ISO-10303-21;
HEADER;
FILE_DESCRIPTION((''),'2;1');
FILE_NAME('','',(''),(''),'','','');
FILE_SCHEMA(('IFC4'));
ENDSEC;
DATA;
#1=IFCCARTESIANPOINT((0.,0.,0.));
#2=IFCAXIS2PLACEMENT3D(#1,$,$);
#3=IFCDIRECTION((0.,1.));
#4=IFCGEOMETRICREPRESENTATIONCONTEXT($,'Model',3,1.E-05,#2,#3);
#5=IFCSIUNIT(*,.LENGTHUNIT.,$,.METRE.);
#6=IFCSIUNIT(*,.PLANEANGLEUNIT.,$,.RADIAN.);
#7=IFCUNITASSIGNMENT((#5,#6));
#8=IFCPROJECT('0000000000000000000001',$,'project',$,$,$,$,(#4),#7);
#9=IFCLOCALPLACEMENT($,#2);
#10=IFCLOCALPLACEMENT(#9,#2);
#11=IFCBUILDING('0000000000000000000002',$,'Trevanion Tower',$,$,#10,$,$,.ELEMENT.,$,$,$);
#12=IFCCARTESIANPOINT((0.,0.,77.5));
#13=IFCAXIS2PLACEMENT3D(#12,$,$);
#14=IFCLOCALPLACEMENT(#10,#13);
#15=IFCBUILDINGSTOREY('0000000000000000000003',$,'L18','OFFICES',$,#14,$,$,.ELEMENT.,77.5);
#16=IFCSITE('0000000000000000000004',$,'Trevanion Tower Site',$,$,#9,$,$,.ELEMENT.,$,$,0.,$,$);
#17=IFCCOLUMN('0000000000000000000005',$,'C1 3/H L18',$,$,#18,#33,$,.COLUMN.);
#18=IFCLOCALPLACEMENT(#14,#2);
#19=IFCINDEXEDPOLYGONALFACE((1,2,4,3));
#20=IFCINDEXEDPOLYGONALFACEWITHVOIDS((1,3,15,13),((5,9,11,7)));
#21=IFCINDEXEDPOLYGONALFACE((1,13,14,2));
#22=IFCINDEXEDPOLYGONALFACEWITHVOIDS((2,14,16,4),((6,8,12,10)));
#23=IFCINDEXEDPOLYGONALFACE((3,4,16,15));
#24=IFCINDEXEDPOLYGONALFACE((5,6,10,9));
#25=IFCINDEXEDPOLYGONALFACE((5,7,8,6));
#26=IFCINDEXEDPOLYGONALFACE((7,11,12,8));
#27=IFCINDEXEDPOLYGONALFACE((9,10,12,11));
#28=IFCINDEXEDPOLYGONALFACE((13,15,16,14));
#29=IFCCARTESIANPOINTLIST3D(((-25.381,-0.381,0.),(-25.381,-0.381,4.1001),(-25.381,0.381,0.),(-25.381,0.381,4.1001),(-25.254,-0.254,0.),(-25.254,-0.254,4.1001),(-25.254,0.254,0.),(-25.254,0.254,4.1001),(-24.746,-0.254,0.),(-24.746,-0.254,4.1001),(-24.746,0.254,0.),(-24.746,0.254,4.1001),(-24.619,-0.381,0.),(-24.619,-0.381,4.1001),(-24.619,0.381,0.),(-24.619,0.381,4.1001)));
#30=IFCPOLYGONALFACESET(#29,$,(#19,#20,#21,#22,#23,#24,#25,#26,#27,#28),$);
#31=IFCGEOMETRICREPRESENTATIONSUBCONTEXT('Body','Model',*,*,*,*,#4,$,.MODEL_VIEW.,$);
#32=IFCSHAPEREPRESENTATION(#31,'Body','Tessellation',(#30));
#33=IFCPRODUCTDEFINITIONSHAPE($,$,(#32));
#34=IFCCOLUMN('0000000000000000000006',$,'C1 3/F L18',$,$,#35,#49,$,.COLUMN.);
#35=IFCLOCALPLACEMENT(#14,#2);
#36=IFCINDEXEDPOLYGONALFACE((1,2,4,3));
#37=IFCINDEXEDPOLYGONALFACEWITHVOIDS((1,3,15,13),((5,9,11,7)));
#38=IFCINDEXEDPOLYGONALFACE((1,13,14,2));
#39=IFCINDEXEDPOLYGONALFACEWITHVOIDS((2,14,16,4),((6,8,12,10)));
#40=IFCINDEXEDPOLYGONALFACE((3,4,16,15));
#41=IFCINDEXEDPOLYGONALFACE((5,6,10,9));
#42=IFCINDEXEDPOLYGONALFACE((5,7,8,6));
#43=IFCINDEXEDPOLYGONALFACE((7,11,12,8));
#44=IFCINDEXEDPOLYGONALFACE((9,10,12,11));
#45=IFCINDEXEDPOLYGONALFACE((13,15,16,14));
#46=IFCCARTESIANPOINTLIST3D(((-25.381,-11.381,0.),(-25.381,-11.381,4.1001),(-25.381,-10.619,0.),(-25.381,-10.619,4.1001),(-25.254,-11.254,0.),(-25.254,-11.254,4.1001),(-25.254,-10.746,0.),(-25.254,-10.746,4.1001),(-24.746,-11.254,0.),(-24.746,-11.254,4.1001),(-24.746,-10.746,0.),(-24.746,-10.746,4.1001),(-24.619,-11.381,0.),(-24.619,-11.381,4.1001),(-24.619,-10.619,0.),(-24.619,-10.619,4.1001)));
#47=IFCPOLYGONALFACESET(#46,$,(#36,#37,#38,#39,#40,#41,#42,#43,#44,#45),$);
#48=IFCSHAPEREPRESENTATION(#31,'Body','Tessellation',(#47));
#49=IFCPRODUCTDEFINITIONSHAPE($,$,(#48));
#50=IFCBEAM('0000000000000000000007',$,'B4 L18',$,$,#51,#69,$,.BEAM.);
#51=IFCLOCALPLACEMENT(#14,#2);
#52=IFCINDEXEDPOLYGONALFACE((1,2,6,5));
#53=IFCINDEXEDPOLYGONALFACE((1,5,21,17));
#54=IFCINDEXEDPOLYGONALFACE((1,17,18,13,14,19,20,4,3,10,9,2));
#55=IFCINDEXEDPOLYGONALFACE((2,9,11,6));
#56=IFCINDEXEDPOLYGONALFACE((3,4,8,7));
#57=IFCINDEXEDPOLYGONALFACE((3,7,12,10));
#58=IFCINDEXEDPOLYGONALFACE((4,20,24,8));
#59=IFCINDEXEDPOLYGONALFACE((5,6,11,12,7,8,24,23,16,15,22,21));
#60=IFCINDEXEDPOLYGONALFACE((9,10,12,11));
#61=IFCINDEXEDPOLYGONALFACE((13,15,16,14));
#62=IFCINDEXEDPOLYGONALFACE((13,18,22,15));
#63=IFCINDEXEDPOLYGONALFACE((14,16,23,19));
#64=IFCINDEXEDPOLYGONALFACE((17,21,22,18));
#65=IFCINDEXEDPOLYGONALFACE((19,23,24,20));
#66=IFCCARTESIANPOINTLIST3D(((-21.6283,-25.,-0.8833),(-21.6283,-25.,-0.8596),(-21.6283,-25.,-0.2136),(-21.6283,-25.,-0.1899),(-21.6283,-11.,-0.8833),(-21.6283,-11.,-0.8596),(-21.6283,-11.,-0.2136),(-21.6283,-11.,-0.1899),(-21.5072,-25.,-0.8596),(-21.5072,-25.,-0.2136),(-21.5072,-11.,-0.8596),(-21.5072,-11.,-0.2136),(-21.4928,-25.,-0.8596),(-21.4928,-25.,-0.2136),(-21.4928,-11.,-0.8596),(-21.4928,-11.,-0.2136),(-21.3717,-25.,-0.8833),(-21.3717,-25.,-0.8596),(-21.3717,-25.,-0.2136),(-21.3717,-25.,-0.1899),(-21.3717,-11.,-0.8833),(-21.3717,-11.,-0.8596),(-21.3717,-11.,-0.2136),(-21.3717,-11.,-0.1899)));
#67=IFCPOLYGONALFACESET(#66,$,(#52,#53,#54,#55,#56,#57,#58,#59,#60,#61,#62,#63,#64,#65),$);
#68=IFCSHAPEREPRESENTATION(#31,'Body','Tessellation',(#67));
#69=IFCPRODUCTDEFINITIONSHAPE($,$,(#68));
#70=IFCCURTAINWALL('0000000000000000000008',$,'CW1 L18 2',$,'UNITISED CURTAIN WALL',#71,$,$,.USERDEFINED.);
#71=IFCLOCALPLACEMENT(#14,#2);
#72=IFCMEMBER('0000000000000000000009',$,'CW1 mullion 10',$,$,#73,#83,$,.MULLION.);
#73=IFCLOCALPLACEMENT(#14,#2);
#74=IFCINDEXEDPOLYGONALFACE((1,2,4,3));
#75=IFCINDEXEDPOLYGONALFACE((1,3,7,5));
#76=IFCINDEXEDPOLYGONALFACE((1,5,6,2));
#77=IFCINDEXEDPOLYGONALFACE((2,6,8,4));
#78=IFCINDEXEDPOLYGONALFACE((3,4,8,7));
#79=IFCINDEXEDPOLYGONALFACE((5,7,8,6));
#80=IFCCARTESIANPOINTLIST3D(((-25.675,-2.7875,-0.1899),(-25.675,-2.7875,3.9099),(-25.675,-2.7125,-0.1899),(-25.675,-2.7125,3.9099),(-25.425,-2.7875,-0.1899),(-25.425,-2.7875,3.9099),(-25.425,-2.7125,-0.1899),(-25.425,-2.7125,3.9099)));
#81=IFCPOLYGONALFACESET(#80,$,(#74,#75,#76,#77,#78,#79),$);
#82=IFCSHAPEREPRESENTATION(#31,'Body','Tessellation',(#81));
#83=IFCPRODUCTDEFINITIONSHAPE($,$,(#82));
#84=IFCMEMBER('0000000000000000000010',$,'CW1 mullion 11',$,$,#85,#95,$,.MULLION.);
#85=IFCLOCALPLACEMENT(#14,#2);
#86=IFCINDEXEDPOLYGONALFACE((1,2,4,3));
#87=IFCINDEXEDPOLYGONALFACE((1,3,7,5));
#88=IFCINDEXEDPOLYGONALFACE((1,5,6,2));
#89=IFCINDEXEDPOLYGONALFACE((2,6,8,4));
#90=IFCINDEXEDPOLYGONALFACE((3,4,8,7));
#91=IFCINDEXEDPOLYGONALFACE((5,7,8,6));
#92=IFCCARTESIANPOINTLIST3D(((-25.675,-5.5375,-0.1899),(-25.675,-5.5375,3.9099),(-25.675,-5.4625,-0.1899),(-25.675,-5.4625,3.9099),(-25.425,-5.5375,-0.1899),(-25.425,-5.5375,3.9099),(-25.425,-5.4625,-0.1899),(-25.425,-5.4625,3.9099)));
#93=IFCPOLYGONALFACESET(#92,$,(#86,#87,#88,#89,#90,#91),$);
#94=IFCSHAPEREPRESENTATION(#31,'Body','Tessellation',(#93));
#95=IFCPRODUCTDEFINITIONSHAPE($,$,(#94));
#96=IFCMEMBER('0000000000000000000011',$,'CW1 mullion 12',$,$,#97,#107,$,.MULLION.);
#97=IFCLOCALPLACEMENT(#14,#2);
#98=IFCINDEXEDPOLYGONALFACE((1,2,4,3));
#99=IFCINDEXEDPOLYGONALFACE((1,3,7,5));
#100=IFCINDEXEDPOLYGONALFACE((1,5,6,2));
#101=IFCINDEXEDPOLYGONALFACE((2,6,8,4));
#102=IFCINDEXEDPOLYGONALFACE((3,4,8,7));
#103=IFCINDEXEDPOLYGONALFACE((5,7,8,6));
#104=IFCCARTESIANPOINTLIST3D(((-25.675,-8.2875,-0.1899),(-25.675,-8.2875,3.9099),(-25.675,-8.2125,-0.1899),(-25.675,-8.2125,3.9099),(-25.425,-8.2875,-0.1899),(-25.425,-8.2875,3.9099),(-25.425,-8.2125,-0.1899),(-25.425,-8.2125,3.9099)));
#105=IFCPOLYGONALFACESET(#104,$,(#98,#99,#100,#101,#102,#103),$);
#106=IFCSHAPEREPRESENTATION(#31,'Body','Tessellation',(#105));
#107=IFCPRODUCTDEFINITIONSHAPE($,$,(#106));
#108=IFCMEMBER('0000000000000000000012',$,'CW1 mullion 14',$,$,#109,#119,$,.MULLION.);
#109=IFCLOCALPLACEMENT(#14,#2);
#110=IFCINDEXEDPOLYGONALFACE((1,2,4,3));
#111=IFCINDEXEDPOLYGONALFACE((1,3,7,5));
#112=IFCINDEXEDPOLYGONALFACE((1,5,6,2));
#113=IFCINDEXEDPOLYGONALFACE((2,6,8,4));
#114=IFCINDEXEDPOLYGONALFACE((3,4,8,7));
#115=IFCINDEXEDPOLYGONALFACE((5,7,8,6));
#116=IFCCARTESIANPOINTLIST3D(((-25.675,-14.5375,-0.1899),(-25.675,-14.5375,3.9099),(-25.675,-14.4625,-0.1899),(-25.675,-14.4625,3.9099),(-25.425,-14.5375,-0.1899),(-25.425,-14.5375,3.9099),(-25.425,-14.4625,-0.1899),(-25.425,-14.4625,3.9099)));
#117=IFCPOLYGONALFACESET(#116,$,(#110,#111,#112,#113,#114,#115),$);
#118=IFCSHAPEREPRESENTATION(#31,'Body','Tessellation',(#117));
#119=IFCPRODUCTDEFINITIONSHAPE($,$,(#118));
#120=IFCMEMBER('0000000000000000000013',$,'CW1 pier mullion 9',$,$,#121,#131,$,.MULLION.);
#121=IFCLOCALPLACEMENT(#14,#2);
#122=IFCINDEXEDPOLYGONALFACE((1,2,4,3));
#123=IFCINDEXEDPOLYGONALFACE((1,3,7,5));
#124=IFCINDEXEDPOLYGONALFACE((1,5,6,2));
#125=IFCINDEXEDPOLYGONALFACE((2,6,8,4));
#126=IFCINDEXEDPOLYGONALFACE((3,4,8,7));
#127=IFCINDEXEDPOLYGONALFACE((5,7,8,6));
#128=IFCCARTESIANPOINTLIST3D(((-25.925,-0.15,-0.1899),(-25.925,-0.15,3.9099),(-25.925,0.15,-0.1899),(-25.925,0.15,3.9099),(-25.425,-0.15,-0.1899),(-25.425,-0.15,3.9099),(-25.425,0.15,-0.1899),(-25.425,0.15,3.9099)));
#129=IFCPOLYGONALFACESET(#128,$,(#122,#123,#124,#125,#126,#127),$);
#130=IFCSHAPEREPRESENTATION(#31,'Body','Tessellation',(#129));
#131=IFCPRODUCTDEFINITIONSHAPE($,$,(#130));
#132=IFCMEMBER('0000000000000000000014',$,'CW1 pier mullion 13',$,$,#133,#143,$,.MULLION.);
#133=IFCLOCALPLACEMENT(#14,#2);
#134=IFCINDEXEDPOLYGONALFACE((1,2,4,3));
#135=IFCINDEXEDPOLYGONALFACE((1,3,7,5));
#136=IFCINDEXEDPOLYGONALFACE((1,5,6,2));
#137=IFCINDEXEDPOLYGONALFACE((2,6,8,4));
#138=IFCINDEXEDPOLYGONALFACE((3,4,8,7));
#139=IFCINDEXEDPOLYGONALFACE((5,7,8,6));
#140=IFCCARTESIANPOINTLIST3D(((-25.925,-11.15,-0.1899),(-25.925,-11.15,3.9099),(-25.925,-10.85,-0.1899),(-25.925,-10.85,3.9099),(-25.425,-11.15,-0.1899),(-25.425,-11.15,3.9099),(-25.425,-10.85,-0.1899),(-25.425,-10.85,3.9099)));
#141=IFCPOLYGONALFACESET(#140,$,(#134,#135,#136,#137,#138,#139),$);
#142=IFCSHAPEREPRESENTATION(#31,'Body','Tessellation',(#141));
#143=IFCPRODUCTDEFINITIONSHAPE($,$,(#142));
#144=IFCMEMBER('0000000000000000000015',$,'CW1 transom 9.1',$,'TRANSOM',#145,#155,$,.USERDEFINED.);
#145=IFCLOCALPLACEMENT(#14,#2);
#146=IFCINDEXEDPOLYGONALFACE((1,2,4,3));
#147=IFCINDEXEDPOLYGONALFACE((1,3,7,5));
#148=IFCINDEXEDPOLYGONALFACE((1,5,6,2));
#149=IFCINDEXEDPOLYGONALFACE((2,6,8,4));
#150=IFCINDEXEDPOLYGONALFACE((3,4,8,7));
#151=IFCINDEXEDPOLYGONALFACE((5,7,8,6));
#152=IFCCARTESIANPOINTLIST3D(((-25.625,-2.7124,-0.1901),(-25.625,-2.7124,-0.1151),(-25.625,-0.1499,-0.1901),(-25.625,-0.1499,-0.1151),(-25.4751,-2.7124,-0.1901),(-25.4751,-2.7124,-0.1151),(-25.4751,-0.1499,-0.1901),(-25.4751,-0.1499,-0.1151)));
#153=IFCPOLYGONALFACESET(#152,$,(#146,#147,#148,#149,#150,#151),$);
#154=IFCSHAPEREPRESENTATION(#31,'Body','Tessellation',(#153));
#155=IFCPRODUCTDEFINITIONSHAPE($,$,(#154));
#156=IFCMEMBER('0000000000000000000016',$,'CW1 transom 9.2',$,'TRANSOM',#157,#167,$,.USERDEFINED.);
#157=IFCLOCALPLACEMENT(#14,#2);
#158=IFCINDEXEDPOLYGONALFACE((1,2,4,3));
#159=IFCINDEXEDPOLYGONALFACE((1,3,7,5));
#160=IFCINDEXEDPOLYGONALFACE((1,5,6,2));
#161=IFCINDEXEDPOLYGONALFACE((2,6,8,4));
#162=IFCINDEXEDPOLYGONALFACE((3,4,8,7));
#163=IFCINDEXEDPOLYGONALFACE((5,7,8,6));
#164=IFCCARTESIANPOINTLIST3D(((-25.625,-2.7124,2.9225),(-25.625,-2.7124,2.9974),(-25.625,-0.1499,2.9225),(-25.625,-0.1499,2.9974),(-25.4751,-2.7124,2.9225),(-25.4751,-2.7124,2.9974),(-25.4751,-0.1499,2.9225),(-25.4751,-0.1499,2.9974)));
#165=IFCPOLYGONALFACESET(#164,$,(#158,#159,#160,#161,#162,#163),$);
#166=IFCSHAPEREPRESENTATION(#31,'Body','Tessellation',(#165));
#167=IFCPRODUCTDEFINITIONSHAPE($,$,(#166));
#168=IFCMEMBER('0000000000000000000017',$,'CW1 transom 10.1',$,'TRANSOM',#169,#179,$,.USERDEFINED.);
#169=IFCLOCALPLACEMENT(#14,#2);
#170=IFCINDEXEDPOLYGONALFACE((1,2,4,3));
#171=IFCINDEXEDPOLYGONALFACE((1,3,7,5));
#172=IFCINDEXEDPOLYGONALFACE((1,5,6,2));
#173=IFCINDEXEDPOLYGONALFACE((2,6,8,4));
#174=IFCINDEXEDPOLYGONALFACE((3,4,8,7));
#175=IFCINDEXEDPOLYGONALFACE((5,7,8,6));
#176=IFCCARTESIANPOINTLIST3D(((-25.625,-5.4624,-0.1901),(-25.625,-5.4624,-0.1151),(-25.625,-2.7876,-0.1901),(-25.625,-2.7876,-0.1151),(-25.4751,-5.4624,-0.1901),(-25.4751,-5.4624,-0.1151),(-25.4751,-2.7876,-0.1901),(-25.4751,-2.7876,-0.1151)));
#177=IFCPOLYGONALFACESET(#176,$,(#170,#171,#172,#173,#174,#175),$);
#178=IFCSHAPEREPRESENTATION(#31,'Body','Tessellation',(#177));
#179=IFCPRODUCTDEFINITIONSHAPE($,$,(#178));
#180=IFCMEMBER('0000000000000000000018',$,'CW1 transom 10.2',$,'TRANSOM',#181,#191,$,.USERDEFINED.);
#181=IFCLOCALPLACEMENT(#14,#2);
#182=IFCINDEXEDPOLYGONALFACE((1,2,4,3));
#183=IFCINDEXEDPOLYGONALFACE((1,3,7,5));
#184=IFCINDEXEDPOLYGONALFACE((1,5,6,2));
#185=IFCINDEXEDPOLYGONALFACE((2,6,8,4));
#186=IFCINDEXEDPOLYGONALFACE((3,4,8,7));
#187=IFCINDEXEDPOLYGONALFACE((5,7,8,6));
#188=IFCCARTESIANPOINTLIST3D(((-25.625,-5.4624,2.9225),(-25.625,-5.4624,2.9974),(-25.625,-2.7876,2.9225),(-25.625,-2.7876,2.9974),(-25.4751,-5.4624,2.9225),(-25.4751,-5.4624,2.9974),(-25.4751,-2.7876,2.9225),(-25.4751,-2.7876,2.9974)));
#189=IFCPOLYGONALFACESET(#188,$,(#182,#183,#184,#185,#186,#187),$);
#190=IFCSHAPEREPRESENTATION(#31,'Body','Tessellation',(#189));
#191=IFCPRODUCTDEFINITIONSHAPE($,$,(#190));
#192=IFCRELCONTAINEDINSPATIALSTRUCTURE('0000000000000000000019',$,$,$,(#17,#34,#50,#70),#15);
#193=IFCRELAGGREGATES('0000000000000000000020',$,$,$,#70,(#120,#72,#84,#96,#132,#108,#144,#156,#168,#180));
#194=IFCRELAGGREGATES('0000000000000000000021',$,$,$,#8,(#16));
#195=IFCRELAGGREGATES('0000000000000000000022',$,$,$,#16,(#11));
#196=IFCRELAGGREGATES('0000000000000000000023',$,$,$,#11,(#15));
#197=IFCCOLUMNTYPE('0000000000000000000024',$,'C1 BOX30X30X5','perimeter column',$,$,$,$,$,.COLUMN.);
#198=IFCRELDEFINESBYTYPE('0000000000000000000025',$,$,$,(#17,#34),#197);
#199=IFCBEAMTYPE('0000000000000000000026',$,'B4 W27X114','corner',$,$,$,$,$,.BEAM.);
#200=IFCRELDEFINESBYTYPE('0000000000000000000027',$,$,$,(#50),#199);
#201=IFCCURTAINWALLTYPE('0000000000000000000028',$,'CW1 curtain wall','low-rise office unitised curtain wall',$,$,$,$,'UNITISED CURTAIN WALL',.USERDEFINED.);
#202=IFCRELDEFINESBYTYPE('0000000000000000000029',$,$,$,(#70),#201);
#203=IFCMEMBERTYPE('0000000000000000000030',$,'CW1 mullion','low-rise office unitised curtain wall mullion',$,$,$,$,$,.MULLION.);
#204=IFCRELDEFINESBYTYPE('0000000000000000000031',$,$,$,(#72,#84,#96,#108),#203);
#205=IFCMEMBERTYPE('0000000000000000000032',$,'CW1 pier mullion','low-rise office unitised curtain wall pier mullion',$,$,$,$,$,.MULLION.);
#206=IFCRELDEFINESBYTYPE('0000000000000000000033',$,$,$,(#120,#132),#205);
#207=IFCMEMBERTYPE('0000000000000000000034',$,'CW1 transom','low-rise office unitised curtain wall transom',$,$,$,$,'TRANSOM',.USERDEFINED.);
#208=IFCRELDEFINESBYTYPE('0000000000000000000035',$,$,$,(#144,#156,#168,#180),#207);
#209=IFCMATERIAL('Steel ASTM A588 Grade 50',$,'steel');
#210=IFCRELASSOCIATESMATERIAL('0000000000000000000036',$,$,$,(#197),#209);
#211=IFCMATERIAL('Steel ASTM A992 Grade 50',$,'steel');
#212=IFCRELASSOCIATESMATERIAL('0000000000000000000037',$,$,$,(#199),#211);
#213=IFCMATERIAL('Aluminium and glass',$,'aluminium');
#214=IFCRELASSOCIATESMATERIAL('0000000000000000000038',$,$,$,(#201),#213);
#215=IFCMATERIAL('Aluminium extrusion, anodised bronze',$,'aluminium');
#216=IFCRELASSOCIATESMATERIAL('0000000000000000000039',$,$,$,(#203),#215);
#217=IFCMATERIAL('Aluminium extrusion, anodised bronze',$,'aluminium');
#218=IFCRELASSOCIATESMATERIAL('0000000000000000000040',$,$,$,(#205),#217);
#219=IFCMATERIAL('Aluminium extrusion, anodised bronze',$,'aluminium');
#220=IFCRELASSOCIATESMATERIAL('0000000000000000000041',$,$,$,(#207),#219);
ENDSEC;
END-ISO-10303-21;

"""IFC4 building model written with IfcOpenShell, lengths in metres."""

from ifc_helpers import new_model, si_unit, direction, frame, origin, origin_2d, place, context, subcontext, project, spatial, rectangle, hollow_rectangle, i_section, extrude, material, material_profile, profile_set, type_object, element, aggregate, save


model = new_model("IFC4")

# Units and contexts
model_context = context("Model", 3, precision=1e-05, world=origin(), true_north=direction((0.0, 1.0)))
body_context = subcontext(model_context, "Body", "Model", "MODEL_VIEW")
ifc_project = project(units=[si_unit("LENGTHUNIT", "METRE"), si_unit("PLANEANGLEUNIT", "RADIAN")], contexts=[model_context])

# Site, building, storey
site_placement = place(None, origin())
site = spatial("IfcSite", under=ifc_project, at=site_placement, Name="Trevanion Tower Site", CompositionType="ELEMENT", RefElevation=0.0)
building_placement = place(site_placement, origin())
building = spatial("IfcBuilding", under=site, at=building_placement, Name="Trevanion Tower", CompositionType="ELEMENT")
storey_placement = place(building_placement, frame((0.0, 0.0, 77.5)))
storey = spatial("IfcBuildingStorey", under=building, at=storey_placement, Name="L18", Description="OFFICES", CompositionType="ELEMENT", Elevation=77.5)

# Columns
ifc_material_1 = material(Name="Steel ASTM A588 Grade 50", Category="steel")
ifc_material_profile_1 = material_profile(ifc_material_1, hollow_rectangle(XDim=0.762, YDim=0.762, WallThickness=0.127, at=origin_2d()), Name="BOX30X30X5")
ifc_profile_set_1 = profile_set([ifc_material_profile_1], Name="Steel ASTM A588 Grade 50")
column_type = type_object("IfcColumnType", Name="C1 BOX30X30X5", Description="perimeter column", PredefinedType="COLUMN", material=ifc_profile_set_1)
for number, where, z_axis, x_axis, name in (
    (1, (-25.0, 0.0, 0.0), (0.0, 0.0, 1.0), (0.0, 1.0, 0.0), "C1 3/H L18"),
    (2, (-25.0, -11.0, 0.0), (0.0, 0.0, 1.0), (0.0, 1.0, 0.0), "C1 3/F L18"),
):
    element("IfcColumn", number, at=place(storey_placement, frame(where, z_axis=z_axis, x_axis=x_axis)), inside=storey, type_object=column_type, Name=name, PredefinedType="COLUMN", context=body_context, shape_type="SweptSolid", body=[
        extrude(hollow_rectangle(XDim=0.762, YDim=0.762, WallThickness=0.127, at=origin_2d()), origin(), (0.0, 0.0, 1.0), 4.1001),
    ])

# Beam
ifc_material_2 = material(Name="Steel ASTM A992 Grade 50", Category="steel")
ifc_material_profile_2 = material_profile(ifc_material_2, i_section(OverallWidth=0.2566, OverallDepth=0.6934, WebThickness=0.0144, FlangeThickness=0.0237, at=origin_2d()), Name="W27X114")
ifc_profile_set_2 = profile_set([ifc_material_profile_2], Name="Steel ASTM A992 Grade 50")
beam_type_1 = type_object("IfcBeamType", Name="B4 W27X114", Description="corner", PredefinedType="BEAM", material=ifc_profile_set_2)
beam_1_placement = place(storey_placement, frame((-21.5, -11.0, -0.5366), z_axis=(0.0, -1.0, 0.0), x_axis=(1.0, 0.0, 0.0)))
element("IfcBeam", 3, at=beam_1_placement, inside=storey, type_object=beam_type_1, Name="B4 L18", PredefinedType="BEAM", context=body_context, shape_type="SweptSolid", body=[
    extrude(i_section(OverallWidth=0.2566, OverallDepth=0.6934, WebThickness=0.0144, FlangeThickness=0.0237, at=origin_2d()), origin(), (0.0, 0.0, 1.0), 14.0),
])

# Curtain wall, members
ifc_material_3 = material(Name="Aluminium and glass", Category="aluminium")
curtain_wall_type = type_object("IfcCurtainWallType", Name="CW1 curtain wall", Description="low-rise office unitised curtain wall", ElementType="UNITISED CURTAIN WALL", PredefinedType="USERDEFINED", material=ifc_material_3)
curtain_wall_placement = place(storey_placement, origin())
curtain_wall = element("IfcCurtainWall", 4, at=curtain_wall_placement, inside=storey, type_object=curtain_wall_type, Name="CW1 L18 2", ObjectType="UNITISED CURTAIN WALL", PredefinedType="USERDEFINED")
ifc_material_4 = material(Name="Aluminium extrusion, anodised bronze", Category="aluminium")
ifc_material_profile_3 = material_profile(ifc_material_4, rectangle(XDim=0.075, YDim=0.25, at=origin_2d()), Name="CW1 mullion")
ifc_profile_set_3 = profile_set([ifc_material_profile_3], Name="Aluminium extrusion, anodised bronze")
member_type_1 = type_object("IfcMemberType", Name="CW1 mullion", Description="low-rise office unitised curtain wall mullion", PredefinedType="MULLION", material=ifc_profile_set_3)
member_1_placement = place(storey_placement, frame((-25.55, -2.75, -0.1899), z_axis=(0.0, 0.0, 1.0), x_axis=(0.0, -1.0, 0.0)))
member_1 = element("IfcMember", 5, at=member_1_placement, type_object=member_type_1, Name="CW1 mullion 10", PredefinedType="MULLION", context=body_context, shape_type="SweptSolid", body=[
    extrude(rectangle(XDim=0.075, YDim=0.25, at=origin_2d()), origin(), (0.0, 0.0, 1.0), 4.0999),
])
member_2_placement = place(storey_placement, frame((-25.55, -5.5, -0.1899), z_axis=(0.0, 0.0, 1.0), x_axis=(0.0, -1.0, 0.0)))
member_2 = element("IfcMember", 6, at=member_2_placement, type_object=member_type_1, Name="CW1 mullion 11", PredefinedType="MULLION", context=body_context, shape_type="SweptSolid", body=[
    extrude(rectangle(XDim=0.075, YDim=0.25, at=origin_2d()), origin(), (0.0, 0.0, 1.0), 4.0999),
])
member_3_placement = place(storey_placement, frame((-25.55, -8.25, -0.1899), z_axis=(0.0, 0.0, 1.0), x_axis=(0.0, -1.0, 0.0)))
member_3 = element("IfcMember", 7, at=member_3_placement, type_object=member_type_1, Name="CW1 mullion 12", PredefinedType="MULLION", context=body_context, shape_type="SweptSolid", body=[
    extrude(rectangle(XDim=0.075, YDim=0.25, at=origin_2d()), origin(), (0.0, 0.0, 1.0), 4.0999),
])
member_4_placement = place(storey_placement, frame((-25.55, -14.5, -0.1899), z_axis=(0.0, 0.0, 1.0), x_axis=(0.0, -1.0, 0.0)))
member_4 = element("IfcMember", 8, at=member_4_placement, type_object=member_type_1, Name="CW1 mullion 14", PredefinedType="MULLION", context=body_context, shape_type="SweptSolid", body=[
    extrude(rectangle(XDim=0.075, YDim=0.25, at=origin_2d()), origin(), (0.0, 0.0, 1.0), 4.0999),
])
ifc_material_5 = material(Name="Aluminium extrusion, anodised bronze", Category="aluminium")
ifc_material_profile_4 = material_profile(ifc_material_5, rectangle(XDim=0.3, YDim=0.5, at=origin_2d()), Name="CW1 pier mullion")
ifc_profile_set_4 = profile_set([ifc_material_profile_4], Name="Aluminium extrusion, anodised bronze")
member_type_2 = type_object("IfcMemberType", Name="CW1 pier mullion", Description="low-rise office unitised curtain wall pier mullion", PredefinedType="MULLION", material=ifc_profile_set_4)
member_5_placement = place(storey_placement, frame((-25.675, 0.0, -0.1899), z_axis=(0.0, 0.0, 1.0), x_axis=(0.0, -1.0, 0.0)))
member_5 = element("IfcMember", 9, at=member_5_placement, type_object=member_type_2, Name="CW1 pier mullion 9", PredefinedType="MULLION", context=body_context, shape_type="SweptSolid", body=[
    extrude(rectangle(XDim=0.3, YDim=0.5, at=origin_2d()), origin(), (0.0, 0.0, 1.0), 4.0999),
])
member_6_placement = place(storey_placement, frame((-25.675, -11.0, -0.1899), z_axis=(0.0, 0.0, 1.0), x_axis=(0.0, -1.0, 0.0)))
member_6 = element("IfcMember", 10, at=member_6_placement, type_object=member_type_2, Name="CW1 pier mullion 13", PredefinedType="MULLION", context=body_context, shape_type="SweptSolid", body=[
    extrude(rectangle(XDim=0.3, YDim=0.5, at=origin_2d()), origin(), (0.0, 0.0, 1.0), 4.0999),
])
ifc_material_6 = material(Name="Aluminium extrusion, anodised bronze", Category="aluminium")
ifc_material_profile_5 = material_profile(ifc_material_6, rectangle(XDim=0.1499, YDim=0.075, at=origin_2d()), Name="CW1 transom")
ifc_profile_set_5 = profile_set([ifc_material_profile_5], Name="Aluminium extrusion, anodised bronze")
member_type_3 = type_object("IfcMemberType", Name="CW1 transom", Description="low-rise office unitised curtain wall transom", ElementType="TRANSOM", PredefinedType="USERDEFINED", material=ifc_profile_set_5)
member_7_placement = place(storey_placement, frame((-25.55, -0.1499, -0.1526), z_axis=(0.0, -1.0, 0.0), x_axis=(1.0, 0.0, 0.0)))
member_7 = element("IfcMember", 11, at=member_7_placement, type_object=member_type_3, Name="CW1 transom 9.1", ObjectType="TRANSOM", PredefinedType="USERDEFINED", context=body_context, shape_type="SweptSolid", body=[
    extrude(rectangle(XDim=0.1499, YDim=0.075, at=origin_2d()), origin(), (0.0, 0.0, 1.0), 2.5625),
])
member_8_placement = place(storey_placement, frame((-25.55, -0.1499, 2.96), z_axis=(0.0, -1.0, 0.0), x_axis=(1.0, 0.0, 0.0)))
member_8 = element("IfcMember", 12, at=member_8_placement, type_object=member_type_3, Name="CW1 transom 9.2", ObjectType="TRANSOM", PredefinedType="USERDEFINED", context=body_context, shape_type="SweptSolid", body=[
    extrude(rectangle(XDim=0.1499, YDim=0.075, at=origin_2d()), origin(), (0.0, 0.0, 1.0), 2.5625),
])
member_9_placement = place(storey_placement, frame((-25.55, -2.7876, -0.1526), z_axis=(0.0, -1.0, 0.0), x_axis=(1.0, 0.0, 0.0)))
member_9 = element("IfcMember", 13, at=member_9_placement, type_object=member_type_3, Name="CW1 transom 10.1", ObjectType="TRANSOM", PredefinedType="USERDEFINED", context=body_context, shape_type="SweptSolid", body=[
    extrude(rectangle(XDim=0.1499, YDim=0.075, at=origin_2d()), origin(), (0.0, 0.0, 1.0), 2.6748),
])
member_10_placement = place(storey_placement, frame((-25.55, -2.7876, 2.96), z_axis=(0.0, -1.0, 0.0), x_axis=(1.0, 0.0, 0.0)))
member_10 = element("IfcMember", 14, at=member_10_placement, type_object=member_type_3, Name="CW1 transom 10.2", ObjectType="TRANSOM", PredefinedType="USERDEFINED", context=body_context, shape_type="SweptSolid", body=[
    extrude(rectangle(XDim=0.1499, YDim=0.075, at=origin_2d()), origin(), (0.0, 0.0, 1.0), 2.6748),
])

aggregate(curtain_wall, [member_5, member_1, member_2, member_3, member_6, member_4, member_7, member_8, member_9, member_10])

save(model, "model.ifc")
